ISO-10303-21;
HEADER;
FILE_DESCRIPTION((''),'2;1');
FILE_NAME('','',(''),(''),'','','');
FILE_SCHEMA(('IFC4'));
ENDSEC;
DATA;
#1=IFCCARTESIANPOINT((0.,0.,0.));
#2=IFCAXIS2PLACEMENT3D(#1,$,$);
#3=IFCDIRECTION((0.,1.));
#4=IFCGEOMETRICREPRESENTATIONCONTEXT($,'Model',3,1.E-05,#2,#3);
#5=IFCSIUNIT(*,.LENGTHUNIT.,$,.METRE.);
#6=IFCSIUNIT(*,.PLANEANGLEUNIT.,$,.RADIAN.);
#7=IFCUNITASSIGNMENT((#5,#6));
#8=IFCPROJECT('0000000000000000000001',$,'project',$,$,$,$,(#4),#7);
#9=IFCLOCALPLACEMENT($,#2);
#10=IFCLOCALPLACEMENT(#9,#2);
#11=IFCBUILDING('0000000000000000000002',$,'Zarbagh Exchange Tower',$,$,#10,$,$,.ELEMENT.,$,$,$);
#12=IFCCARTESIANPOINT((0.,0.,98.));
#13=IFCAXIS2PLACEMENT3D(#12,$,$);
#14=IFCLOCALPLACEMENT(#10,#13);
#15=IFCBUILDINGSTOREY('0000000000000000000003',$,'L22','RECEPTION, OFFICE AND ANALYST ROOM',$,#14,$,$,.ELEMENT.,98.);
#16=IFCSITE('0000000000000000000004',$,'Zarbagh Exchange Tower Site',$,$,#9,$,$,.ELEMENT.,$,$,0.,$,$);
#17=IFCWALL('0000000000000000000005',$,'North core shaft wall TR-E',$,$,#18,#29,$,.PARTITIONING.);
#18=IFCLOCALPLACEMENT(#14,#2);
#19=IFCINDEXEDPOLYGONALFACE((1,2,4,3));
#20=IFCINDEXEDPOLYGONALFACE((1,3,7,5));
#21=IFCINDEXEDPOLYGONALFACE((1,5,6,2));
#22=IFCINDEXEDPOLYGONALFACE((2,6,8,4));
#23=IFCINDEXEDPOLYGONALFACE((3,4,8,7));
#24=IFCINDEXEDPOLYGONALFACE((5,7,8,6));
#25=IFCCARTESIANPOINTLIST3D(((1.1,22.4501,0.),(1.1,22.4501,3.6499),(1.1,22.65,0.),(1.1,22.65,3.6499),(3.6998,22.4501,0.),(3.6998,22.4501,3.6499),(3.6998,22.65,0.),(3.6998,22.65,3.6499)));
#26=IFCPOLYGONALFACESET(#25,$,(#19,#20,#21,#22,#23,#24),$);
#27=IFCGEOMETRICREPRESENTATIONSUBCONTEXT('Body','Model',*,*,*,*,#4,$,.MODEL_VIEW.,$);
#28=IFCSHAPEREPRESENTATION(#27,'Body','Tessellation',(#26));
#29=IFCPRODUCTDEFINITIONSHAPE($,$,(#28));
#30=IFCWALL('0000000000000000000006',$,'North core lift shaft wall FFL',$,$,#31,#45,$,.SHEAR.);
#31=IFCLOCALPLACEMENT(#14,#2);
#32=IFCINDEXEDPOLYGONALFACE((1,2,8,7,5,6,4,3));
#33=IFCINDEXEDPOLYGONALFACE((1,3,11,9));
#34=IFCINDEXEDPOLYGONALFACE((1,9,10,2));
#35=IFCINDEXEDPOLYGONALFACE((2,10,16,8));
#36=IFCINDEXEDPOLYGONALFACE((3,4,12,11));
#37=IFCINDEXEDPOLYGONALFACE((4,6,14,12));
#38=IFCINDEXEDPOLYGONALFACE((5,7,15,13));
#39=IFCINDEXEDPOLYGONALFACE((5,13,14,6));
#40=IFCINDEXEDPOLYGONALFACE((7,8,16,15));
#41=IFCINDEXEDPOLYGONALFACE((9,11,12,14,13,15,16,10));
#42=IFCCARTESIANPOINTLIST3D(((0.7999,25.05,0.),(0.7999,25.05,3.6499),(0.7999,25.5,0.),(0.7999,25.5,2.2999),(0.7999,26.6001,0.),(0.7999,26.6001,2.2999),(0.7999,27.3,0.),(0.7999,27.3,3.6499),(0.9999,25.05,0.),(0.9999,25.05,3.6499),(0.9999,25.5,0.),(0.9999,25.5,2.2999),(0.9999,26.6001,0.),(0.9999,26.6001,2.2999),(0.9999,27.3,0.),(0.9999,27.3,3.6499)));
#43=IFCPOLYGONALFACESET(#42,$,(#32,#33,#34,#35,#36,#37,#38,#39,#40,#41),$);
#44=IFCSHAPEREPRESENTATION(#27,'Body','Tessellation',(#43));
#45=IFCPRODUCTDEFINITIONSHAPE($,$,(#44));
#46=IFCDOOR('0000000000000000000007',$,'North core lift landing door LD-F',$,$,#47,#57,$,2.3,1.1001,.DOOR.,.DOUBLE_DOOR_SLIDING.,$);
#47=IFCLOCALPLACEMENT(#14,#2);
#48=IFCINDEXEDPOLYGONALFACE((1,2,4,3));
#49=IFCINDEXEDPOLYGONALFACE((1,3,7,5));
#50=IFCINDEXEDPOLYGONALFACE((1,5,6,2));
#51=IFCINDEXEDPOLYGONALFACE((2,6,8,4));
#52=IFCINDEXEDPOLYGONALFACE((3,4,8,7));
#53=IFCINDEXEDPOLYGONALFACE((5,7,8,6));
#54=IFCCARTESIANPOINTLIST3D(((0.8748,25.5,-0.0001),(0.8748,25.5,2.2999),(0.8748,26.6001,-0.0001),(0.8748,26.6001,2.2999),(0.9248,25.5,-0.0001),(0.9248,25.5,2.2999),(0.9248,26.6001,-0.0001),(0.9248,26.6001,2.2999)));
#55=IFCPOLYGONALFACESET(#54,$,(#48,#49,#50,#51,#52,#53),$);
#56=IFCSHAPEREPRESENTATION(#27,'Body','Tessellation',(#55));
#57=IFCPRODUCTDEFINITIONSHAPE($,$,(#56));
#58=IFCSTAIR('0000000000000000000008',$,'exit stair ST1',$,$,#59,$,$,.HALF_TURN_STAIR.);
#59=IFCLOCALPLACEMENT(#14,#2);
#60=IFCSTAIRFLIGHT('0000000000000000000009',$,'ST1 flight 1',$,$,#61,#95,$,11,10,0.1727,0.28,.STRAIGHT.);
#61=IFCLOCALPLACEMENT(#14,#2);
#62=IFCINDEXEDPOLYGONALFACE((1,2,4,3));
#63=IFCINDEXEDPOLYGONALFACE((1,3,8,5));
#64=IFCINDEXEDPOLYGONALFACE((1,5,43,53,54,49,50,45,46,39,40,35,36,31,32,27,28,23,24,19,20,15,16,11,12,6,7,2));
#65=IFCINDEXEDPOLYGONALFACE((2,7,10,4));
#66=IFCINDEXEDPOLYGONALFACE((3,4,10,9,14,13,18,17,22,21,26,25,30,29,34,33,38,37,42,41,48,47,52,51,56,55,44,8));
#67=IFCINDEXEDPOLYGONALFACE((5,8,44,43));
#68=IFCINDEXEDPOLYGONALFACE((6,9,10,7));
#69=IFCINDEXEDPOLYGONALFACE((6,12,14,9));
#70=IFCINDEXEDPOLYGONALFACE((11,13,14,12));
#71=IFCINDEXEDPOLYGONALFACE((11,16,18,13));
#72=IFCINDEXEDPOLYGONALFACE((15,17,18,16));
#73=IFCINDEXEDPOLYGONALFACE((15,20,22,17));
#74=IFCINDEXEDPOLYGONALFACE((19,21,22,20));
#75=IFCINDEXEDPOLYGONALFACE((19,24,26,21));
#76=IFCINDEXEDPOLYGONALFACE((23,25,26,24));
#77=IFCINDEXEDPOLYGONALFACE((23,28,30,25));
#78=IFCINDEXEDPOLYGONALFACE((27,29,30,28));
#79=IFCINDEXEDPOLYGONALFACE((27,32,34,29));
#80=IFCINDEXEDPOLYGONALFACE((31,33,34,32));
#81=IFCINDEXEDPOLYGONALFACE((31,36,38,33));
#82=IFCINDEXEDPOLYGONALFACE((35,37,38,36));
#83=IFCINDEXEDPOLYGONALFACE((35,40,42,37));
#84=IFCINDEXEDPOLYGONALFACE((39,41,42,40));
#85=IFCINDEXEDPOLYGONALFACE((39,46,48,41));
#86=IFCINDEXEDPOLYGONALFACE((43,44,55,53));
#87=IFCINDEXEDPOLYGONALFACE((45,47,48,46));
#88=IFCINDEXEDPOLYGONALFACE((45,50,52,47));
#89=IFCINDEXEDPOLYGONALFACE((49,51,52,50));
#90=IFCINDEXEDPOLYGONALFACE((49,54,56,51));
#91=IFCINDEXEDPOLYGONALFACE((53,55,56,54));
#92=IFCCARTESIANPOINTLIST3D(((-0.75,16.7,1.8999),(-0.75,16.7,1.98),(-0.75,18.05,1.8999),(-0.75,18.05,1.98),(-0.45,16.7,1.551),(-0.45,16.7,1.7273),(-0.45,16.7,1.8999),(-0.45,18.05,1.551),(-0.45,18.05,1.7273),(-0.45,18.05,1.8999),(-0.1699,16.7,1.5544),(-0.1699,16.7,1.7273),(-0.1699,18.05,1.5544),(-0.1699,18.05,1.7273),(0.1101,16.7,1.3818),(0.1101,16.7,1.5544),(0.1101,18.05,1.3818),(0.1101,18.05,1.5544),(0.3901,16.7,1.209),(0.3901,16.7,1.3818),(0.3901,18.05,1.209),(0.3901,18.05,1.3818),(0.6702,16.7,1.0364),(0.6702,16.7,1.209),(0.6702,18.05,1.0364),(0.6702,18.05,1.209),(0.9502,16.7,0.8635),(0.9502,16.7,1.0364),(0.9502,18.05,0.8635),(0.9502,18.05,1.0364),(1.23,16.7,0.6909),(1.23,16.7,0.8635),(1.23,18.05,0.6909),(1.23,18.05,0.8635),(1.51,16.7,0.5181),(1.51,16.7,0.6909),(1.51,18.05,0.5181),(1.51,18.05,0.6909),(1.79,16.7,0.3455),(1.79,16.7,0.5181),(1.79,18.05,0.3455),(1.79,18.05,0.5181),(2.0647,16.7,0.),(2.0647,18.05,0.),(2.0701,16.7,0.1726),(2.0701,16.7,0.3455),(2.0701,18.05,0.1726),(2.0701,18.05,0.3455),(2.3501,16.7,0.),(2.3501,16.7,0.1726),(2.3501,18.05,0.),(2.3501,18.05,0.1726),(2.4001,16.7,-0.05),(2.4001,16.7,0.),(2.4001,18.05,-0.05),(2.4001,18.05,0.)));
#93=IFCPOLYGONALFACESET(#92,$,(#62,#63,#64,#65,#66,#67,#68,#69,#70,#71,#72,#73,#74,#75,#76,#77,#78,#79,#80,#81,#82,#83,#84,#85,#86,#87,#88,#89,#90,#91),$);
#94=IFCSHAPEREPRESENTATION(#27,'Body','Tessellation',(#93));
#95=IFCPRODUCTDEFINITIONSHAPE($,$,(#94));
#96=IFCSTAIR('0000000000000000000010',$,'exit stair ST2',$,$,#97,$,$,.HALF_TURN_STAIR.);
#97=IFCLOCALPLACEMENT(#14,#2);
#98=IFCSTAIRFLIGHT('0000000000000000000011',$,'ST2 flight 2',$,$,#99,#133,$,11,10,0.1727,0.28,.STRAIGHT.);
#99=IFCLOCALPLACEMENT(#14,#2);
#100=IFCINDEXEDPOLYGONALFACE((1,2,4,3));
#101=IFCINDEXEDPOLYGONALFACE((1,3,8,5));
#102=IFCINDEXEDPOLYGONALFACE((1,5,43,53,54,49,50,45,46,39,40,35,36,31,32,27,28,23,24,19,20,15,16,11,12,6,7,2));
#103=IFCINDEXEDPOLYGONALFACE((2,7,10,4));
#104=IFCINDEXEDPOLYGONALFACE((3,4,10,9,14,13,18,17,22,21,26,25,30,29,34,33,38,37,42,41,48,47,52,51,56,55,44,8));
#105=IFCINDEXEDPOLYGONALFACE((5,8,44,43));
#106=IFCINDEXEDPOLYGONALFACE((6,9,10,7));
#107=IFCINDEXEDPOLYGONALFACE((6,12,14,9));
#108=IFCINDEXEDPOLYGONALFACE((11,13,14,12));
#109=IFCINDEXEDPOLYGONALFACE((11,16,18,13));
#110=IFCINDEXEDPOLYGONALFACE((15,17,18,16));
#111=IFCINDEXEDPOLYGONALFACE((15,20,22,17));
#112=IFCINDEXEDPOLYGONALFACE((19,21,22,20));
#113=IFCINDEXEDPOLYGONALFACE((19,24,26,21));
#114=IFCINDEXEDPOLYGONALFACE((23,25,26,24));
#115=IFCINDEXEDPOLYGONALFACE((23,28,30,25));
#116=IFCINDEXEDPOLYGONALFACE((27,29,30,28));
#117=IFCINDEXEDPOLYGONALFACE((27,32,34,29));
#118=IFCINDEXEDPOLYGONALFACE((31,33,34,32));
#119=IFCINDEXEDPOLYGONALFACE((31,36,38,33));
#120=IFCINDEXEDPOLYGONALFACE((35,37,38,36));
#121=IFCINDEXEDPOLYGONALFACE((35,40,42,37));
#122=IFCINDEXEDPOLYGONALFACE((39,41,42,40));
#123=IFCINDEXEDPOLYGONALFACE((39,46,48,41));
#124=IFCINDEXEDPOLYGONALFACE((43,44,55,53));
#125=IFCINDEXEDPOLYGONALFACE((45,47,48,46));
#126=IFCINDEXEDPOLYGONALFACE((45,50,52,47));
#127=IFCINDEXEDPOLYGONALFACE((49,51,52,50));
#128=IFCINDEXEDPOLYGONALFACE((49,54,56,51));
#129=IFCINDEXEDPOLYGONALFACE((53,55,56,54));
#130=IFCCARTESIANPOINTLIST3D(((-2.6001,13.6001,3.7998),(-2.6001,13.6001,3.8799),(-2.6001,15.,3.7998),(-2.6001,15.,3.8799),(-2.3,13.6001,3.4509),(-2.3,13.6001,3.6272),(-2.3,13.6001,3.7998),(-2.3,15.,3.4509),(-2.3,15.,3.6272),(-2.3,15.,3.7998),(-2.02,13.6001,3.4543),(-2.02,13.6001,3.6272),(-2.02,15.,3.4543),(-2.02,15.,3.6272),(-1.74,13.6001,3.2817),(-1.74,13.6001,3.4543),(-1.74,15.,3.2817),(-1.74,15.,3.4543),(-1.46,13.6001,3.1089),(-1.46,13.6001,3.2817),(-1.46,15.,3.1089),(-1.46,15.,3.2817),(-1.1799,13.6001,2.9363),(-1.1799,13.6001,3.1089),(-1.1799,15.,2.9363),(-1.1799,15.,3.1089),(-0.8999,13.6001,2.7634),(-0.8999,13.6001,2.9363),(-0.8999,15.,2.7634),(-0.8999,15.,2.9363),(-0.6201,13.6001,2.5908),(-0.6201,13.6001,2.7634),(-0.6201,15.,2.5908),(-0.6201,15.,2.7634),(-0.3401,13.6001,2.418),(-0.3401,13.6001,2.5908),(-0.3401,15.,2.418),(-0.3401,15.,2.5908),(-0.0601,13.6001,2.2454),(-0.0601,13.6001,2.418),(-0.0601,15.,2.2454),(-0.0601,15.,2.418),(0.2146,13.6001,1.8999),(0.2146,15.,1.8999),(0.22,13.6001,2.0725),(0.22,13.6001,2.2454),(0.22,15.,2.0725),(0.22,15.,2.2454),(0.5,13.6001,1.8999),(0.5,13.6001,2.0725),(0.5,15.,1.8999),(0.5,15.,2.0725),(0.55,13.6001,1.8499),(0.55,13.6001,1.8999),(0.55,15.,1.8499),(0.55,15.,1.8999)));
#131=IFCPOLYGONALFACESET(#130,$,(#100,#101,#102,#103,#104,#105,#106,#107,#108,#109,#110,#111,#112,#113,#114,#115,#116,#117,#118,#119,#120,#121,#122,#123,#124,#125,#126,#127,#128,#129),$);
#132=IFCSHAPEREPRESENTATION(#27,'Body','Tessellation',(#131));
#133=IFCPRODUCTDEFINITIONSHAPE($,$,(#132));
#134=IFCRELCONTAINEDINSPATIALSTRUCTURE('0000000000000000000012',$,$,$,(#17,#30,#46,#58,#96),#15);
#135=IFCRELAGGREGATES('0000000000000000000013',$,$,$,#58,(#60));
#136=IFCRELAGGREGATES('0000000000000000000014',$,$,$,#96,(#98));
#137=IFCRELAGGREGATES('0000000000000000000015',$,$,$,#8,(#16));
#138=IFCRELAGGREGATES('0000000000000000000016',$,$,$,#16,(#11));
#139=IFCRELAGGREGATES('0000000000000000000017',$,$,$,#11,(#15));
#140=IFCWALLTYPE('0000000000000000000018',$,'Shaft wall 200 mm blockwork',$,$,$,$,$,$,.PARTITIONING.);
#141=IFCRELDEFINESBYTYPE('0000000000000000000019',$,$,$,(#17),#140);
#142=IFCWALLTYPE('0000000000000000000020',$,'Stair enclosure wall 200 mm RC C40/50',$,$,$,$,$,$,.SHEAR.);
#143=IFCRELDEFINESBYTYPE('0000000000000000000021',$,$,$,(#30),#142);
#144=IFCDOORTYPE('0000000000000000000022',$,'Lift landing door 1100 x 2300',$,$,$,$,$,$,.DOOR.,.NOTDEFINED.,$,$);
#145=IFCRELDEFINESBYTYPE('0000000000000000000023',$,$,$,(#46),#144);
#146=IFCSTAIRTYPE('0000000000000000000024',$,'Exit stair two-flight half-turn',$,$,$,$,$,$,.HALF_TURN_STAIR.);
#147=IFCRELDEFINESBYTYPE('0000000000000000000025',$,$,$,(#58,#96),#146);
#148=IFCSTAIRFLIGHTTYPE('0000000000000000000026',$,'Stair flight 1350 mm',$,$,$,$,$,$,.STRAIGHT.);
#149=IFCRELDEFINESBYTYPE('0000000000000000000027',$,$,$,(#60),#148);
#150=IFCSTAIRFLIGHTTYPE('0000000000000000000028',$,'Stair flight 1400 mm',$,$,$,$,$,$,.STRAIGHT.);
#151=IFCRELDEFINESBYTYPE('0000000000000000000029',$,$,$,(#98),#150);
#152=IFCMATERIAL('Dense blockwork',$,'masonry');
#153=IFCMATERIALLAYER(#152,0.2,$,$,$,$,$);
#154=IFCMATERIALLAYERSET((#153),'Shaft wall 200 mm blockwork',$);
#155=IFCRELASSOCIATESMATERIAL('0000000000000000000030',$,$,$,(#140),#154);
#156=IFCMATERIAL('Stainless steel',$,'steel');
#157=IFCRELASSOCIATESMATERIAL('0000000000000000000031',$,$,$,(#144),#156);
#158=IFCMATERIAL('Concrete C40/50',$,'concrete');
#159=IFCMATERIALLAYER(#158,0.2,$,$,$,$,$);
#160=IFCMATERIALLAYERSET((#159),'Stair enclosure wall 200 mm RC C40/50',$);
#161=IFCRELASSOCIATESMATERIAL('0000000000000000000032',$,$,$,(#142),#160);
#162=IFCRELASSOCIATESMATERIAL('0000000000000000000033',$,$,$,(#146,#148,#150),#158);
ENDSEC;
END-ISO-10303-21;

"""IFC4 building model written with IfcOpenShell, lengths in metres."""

from ifc_helpers import new_model, si_unit, direction, frame, frame_2d, origin, place, context, subcontext, project, spatial, polyline, rectangle, outline, extrude, material, layer, layer_set, type_object, element, fill, aggregate, save


model = new_model("IFC4")

# Units and contexts
model_context = context("Model", 3, precision=1e-05, world=origin(), true_north=direction((0.0, 1.0)))
body_context = subcontext(model_context, "Body", "Model", "MODEL_VIEW")
ifc_project = project(units=[si_unit("LENGTHUNIT", "METRE"), si_unit("PLANEANGLEUNIT", "RADIAN")], contexts=[model_context])

# Site, building, storey
site_placement = place(None, origin())
site = spatial("IfcSite", under=ifc_project, at=site_placement, Name="Zarbagh Exchange Tower Site", CompositionType="ELEMENT", RefElevation=0.0)
building_placement = place(site_placement, origin())
building = spatial("IfcBuilding", under=site, at=building_placement, Name="Zarbagh Exchange Tower", CompositionType="ELEMENT")
storey_placement = place(building_placement, frame((0.0, 0.0, 98.0)))
storey = spatial("IfcBuildingStorey", under=building, at=storey_placement, Name="L22", Description="RECEPTION, OFFICE AND ANALYST ROOM", CompositionType="ELEMENT", Elevation=98.0)

# Shared definitions
ifc_material_1 = material(Name="Dense blockwork", Category="masonry")

# Shared definitions
ifc_layer_1 = layer(ifc_material_1, 0.2)
ifc_layer_set_1 = layer_set([ifc_layer_1], Name="Shaft wall 200 mm blockwork")
wall_type_1 = type_object("IfcWallType", Name="Shaft wall 200 mm blockwork", PredefinedType="PARTITIONING", material=ifc_layer_set_1)

# Shared definitions
ifc_material_2 = material(Name="Stainless steel", Category="steel")
door_type_1 = type_object("IfcDoorType", Name="Lift landing door 1100 x 2300", OperationType="NOTDEFINED", PredefinedType="DOOR", material=ifc_material_2)

# Wall
wall_1_placement = place(storey_placement, frame((1.1001, 22.55, 0.0), z_axis=(0.0, 0.0, 1.0), x_axis=(1.0, 0.0, 0.0)))
element("IfcWall", 1, at=wall_1_placement, inside=storey, type_object=wall_type_1, Name="North core shaft wall TR-E", PredefinedType="PARTITIONING", context=body_context, shape_type="SweptSolid", body=[
    extrude(rectangle(XDim=2.5999, YDim=0.2, at=frame_2d((1.2998, 0.0))), origin(), (0.0, 0.0, 1.0), 3.6499),
])

# Wall, opening, door
ifc_material_3 = material(Name="Concrete C40/50", Category="concrete")
ifc_layer_2 = layer(ifc_material_3, 0.2)
ifc_layer_set_2 = layer_set([ifc_layer_2], Name="Stair enclosure wall 200 mm RC C40/50")
wall_type_2 = type_object("IfcWallType", Name="Stair enclosure wall 200 mm RC C40/50", PredefinedType="SHEAR", material=ifc_layer_set_2)
wall_2_placement = place(storey_placement, frame((0.8999, 27.3, 0.0), z_axis=(0.0, 0.0, 1.0), x_axis=(0.0, -1.0, 0.0)))
wall_2 = element("IfcWall", 2, at=wall_2_placement, inside=storey, type_object=wall_type_2, Name="North core lift shaft wall FFL", PredefinedType="SHEAR", context=body_context, shape_type="SweptSolid", body=[
    extrude(rectangle(XDim=2.25, YDim=0.2, at=frame_2d((1.125, 0.0))), origin(), (0.0, 0.0, 1.0), 3.6499),
])
opening_1_placement = place(wall_2_placement, frame((0.7, 0.0, 0.0)))
opening_1 = element("IfcOpeningElement", 3, at=opening_1_placement, cuts=wall_2, PredefinedType="OPENING", context=body_context, shape_type="SweptSolid", body=[
    extrude(rectangle(XDim=1.1001, YDim=2.3, at=frame_2d((0.55, 1.1499))), frame((0.0, 0.1099, 0.0), z_axis=(0.0, -1.0, 0.0), x_axis=(1.0, 0.0, 0.0)), (0.0, 0.0, 1.0), 0.22),
])
door_1_placement = place(opening_1_placement, origin())
door_1 = element("IfcDoor", 4, at=door_1_placement, inside=storey, type_object=door_type_1, Name="North core lift landing door LD-F", OperationType="DOUBLE_DOOR_SLIDING", OverallHeight=2.3, OverallWidth=1.1001, PredefinedType="DOOR", context=body_context, shape_type="SweptSolid", body=[
    extrude(rectangle(XDim=1.1001, YDim=2.3, at=frame_2d((0.55, 1.1499))), frame((0.0, 0.0249, 0.0), z_axis=(0.0, -1.0, 0.0), x_axis=(1.0, 0.0, 0.0)), (0.0, 0.0, 1.0), 0.05),
])
fill(opening_1, door_1)

# Stairs, stair flights
stair_type = type_object("IfcStairType", Name="Exit stair two-flight half-turn", PredefinedType="HALF_TURN_STAIR", material=ifc_material_3)
stair_1_placement = place(storey_placement, origin())
stair_1 = element("IfcStair", 5, at=stair_1_placement, inside=storey, type_object=stair_type, Name="exit stair ST1", PredefinedType="HALF_TURN_STAIR")
stair_flight_type_1 = type_object("IfcStairFlightType", Name="Stair flight 1350 mm", PredefinedType="STRAIGHT", material=ifc_material_3)
stair_flight_1_placement = place(storey_placement, frame((2.3501, 17.375, 0.0), z_axis=(0.0, 0.0, 1.0), x_axis=(-1.0, 0.0, 0.0)))
stair_flight_1 = element("IfcStairFlight", 6, at=stair_flight_1_placement, type_object=stair_flight_type_1, Name="ST1 flight 1", NumberOfRisers=11, NumberOfTreads=10, PredefinedType="STRAIGHT", RiserHeight=0.1727, TreadLength=0.28, context=body_context, shape_type="SweptSolid", body=[
    extrude(outline(polyline([(-0.05, -0.05), (-0.05, 0.0), (0.0, 0.0), (0.0, 0.1726), (0.28, 0.1726), (0.28, 0.3455), (0.5601, 0.3455), (0.5601, 0.5181), (0.8401, 0.5181), (0.8401, 0.6909), (1.1201, 0.6909), (1.1201, 0.8635), (1.3999, 0.8635), (1.3999, 1.0364), (1.6799, 1.0364), (1.6799, 1.209), (1.96, 1.209), (1.96, 1.3818), (2.24, 1.3818), (2.24, 1.5544), (2.52, 1.5544), (2.52, 1.7273), (2.8, 1.7273), (2.8, 1.8999), (3.1001, 1.98), (3.1001, 1.8999), (2.8, 1.551), (0.2854, 0.0), (-0.05, -0.05)])), frame((0.0, 0.675, 0.0), z_axis=(0.0, -1.0, 0.0), x_axis=(1.0, 0.0, 0.0)), (0.0, 0.0, 1.0), 1.3501),
])
aggregate(stair_1, [stair_flight_1])
stair_2_placement = place(storey_placement, origin())
stair_2 = element("IfcStair", 7, at=stair_2_placement, inside=storey, type_object=stair_type, Name="exit stair ST2", PredefinedType="HALF_TURN_STAIR")
stair_flight_type_2 = type_object("IfcStairFlightType", Name="Stair flight 1400 mm", PredefinedType="STRAIGHT", material=ifc_material_3)
stair_flight_2_placement = place(storey_placement, frame((0.5, 14.3, 1.8999), z_axis=(0.0, 0.0, 1.0), x_axis=(-1.0, 0.0, 0.0)))
stair_flight_2 = element("IfcStairFlight", 8, at=stair_flight_2_placement, type_object=stair_flight_type_2, Name="ST2 flight 2", NumberOfRisers=11, NumberOfTreads=10, PredefinedType="STRAIGHT", RiserHeight=0.1727, TreadLength=0.28, context=body_context, shape_type="SweptSolid", body=[
    extrude(outline(polyline([(-0.05, -0.05), (-0.05, 0.0), (0.0, 0.0), (0.0, 0.1726), (0.28, 0.1726), (0.28, 0.3455), (0.5601, 0.3455), (0.5601, 0.5181), (0.8401, 0.5181), (0.8401, 0.6909), (1.1201, 0.6909), (1.1201, 0.8635), (1.3999, 0.8635), (1.3999, 1.0364), (1.6799, 1.0364), (1.6799, 1.209), (1.96, 1.209), (1.96, 1.3818), (2.24, 1.3818), (2.24, 1.5544), (2.52, 1.5544), (2.52, 1.7273), (2.8, 1.7273), (2.8, 1.8999), (3.1001, 1.98), (3.1001, 1.8999), (2.8, 1.551), (0.2854, 0.0), (-0.05, -0.05)])), frame((0.0, 0.7, 0.0), z_axis=(0.0, -1.0, 0.0), x_axis=(1.0, 0.0, 0.0)), (0.0, 0.0, 1.0), 1.3999),
])
aggregate(stair_2, [stair_flight_2])

save(model, "model.ifc")
